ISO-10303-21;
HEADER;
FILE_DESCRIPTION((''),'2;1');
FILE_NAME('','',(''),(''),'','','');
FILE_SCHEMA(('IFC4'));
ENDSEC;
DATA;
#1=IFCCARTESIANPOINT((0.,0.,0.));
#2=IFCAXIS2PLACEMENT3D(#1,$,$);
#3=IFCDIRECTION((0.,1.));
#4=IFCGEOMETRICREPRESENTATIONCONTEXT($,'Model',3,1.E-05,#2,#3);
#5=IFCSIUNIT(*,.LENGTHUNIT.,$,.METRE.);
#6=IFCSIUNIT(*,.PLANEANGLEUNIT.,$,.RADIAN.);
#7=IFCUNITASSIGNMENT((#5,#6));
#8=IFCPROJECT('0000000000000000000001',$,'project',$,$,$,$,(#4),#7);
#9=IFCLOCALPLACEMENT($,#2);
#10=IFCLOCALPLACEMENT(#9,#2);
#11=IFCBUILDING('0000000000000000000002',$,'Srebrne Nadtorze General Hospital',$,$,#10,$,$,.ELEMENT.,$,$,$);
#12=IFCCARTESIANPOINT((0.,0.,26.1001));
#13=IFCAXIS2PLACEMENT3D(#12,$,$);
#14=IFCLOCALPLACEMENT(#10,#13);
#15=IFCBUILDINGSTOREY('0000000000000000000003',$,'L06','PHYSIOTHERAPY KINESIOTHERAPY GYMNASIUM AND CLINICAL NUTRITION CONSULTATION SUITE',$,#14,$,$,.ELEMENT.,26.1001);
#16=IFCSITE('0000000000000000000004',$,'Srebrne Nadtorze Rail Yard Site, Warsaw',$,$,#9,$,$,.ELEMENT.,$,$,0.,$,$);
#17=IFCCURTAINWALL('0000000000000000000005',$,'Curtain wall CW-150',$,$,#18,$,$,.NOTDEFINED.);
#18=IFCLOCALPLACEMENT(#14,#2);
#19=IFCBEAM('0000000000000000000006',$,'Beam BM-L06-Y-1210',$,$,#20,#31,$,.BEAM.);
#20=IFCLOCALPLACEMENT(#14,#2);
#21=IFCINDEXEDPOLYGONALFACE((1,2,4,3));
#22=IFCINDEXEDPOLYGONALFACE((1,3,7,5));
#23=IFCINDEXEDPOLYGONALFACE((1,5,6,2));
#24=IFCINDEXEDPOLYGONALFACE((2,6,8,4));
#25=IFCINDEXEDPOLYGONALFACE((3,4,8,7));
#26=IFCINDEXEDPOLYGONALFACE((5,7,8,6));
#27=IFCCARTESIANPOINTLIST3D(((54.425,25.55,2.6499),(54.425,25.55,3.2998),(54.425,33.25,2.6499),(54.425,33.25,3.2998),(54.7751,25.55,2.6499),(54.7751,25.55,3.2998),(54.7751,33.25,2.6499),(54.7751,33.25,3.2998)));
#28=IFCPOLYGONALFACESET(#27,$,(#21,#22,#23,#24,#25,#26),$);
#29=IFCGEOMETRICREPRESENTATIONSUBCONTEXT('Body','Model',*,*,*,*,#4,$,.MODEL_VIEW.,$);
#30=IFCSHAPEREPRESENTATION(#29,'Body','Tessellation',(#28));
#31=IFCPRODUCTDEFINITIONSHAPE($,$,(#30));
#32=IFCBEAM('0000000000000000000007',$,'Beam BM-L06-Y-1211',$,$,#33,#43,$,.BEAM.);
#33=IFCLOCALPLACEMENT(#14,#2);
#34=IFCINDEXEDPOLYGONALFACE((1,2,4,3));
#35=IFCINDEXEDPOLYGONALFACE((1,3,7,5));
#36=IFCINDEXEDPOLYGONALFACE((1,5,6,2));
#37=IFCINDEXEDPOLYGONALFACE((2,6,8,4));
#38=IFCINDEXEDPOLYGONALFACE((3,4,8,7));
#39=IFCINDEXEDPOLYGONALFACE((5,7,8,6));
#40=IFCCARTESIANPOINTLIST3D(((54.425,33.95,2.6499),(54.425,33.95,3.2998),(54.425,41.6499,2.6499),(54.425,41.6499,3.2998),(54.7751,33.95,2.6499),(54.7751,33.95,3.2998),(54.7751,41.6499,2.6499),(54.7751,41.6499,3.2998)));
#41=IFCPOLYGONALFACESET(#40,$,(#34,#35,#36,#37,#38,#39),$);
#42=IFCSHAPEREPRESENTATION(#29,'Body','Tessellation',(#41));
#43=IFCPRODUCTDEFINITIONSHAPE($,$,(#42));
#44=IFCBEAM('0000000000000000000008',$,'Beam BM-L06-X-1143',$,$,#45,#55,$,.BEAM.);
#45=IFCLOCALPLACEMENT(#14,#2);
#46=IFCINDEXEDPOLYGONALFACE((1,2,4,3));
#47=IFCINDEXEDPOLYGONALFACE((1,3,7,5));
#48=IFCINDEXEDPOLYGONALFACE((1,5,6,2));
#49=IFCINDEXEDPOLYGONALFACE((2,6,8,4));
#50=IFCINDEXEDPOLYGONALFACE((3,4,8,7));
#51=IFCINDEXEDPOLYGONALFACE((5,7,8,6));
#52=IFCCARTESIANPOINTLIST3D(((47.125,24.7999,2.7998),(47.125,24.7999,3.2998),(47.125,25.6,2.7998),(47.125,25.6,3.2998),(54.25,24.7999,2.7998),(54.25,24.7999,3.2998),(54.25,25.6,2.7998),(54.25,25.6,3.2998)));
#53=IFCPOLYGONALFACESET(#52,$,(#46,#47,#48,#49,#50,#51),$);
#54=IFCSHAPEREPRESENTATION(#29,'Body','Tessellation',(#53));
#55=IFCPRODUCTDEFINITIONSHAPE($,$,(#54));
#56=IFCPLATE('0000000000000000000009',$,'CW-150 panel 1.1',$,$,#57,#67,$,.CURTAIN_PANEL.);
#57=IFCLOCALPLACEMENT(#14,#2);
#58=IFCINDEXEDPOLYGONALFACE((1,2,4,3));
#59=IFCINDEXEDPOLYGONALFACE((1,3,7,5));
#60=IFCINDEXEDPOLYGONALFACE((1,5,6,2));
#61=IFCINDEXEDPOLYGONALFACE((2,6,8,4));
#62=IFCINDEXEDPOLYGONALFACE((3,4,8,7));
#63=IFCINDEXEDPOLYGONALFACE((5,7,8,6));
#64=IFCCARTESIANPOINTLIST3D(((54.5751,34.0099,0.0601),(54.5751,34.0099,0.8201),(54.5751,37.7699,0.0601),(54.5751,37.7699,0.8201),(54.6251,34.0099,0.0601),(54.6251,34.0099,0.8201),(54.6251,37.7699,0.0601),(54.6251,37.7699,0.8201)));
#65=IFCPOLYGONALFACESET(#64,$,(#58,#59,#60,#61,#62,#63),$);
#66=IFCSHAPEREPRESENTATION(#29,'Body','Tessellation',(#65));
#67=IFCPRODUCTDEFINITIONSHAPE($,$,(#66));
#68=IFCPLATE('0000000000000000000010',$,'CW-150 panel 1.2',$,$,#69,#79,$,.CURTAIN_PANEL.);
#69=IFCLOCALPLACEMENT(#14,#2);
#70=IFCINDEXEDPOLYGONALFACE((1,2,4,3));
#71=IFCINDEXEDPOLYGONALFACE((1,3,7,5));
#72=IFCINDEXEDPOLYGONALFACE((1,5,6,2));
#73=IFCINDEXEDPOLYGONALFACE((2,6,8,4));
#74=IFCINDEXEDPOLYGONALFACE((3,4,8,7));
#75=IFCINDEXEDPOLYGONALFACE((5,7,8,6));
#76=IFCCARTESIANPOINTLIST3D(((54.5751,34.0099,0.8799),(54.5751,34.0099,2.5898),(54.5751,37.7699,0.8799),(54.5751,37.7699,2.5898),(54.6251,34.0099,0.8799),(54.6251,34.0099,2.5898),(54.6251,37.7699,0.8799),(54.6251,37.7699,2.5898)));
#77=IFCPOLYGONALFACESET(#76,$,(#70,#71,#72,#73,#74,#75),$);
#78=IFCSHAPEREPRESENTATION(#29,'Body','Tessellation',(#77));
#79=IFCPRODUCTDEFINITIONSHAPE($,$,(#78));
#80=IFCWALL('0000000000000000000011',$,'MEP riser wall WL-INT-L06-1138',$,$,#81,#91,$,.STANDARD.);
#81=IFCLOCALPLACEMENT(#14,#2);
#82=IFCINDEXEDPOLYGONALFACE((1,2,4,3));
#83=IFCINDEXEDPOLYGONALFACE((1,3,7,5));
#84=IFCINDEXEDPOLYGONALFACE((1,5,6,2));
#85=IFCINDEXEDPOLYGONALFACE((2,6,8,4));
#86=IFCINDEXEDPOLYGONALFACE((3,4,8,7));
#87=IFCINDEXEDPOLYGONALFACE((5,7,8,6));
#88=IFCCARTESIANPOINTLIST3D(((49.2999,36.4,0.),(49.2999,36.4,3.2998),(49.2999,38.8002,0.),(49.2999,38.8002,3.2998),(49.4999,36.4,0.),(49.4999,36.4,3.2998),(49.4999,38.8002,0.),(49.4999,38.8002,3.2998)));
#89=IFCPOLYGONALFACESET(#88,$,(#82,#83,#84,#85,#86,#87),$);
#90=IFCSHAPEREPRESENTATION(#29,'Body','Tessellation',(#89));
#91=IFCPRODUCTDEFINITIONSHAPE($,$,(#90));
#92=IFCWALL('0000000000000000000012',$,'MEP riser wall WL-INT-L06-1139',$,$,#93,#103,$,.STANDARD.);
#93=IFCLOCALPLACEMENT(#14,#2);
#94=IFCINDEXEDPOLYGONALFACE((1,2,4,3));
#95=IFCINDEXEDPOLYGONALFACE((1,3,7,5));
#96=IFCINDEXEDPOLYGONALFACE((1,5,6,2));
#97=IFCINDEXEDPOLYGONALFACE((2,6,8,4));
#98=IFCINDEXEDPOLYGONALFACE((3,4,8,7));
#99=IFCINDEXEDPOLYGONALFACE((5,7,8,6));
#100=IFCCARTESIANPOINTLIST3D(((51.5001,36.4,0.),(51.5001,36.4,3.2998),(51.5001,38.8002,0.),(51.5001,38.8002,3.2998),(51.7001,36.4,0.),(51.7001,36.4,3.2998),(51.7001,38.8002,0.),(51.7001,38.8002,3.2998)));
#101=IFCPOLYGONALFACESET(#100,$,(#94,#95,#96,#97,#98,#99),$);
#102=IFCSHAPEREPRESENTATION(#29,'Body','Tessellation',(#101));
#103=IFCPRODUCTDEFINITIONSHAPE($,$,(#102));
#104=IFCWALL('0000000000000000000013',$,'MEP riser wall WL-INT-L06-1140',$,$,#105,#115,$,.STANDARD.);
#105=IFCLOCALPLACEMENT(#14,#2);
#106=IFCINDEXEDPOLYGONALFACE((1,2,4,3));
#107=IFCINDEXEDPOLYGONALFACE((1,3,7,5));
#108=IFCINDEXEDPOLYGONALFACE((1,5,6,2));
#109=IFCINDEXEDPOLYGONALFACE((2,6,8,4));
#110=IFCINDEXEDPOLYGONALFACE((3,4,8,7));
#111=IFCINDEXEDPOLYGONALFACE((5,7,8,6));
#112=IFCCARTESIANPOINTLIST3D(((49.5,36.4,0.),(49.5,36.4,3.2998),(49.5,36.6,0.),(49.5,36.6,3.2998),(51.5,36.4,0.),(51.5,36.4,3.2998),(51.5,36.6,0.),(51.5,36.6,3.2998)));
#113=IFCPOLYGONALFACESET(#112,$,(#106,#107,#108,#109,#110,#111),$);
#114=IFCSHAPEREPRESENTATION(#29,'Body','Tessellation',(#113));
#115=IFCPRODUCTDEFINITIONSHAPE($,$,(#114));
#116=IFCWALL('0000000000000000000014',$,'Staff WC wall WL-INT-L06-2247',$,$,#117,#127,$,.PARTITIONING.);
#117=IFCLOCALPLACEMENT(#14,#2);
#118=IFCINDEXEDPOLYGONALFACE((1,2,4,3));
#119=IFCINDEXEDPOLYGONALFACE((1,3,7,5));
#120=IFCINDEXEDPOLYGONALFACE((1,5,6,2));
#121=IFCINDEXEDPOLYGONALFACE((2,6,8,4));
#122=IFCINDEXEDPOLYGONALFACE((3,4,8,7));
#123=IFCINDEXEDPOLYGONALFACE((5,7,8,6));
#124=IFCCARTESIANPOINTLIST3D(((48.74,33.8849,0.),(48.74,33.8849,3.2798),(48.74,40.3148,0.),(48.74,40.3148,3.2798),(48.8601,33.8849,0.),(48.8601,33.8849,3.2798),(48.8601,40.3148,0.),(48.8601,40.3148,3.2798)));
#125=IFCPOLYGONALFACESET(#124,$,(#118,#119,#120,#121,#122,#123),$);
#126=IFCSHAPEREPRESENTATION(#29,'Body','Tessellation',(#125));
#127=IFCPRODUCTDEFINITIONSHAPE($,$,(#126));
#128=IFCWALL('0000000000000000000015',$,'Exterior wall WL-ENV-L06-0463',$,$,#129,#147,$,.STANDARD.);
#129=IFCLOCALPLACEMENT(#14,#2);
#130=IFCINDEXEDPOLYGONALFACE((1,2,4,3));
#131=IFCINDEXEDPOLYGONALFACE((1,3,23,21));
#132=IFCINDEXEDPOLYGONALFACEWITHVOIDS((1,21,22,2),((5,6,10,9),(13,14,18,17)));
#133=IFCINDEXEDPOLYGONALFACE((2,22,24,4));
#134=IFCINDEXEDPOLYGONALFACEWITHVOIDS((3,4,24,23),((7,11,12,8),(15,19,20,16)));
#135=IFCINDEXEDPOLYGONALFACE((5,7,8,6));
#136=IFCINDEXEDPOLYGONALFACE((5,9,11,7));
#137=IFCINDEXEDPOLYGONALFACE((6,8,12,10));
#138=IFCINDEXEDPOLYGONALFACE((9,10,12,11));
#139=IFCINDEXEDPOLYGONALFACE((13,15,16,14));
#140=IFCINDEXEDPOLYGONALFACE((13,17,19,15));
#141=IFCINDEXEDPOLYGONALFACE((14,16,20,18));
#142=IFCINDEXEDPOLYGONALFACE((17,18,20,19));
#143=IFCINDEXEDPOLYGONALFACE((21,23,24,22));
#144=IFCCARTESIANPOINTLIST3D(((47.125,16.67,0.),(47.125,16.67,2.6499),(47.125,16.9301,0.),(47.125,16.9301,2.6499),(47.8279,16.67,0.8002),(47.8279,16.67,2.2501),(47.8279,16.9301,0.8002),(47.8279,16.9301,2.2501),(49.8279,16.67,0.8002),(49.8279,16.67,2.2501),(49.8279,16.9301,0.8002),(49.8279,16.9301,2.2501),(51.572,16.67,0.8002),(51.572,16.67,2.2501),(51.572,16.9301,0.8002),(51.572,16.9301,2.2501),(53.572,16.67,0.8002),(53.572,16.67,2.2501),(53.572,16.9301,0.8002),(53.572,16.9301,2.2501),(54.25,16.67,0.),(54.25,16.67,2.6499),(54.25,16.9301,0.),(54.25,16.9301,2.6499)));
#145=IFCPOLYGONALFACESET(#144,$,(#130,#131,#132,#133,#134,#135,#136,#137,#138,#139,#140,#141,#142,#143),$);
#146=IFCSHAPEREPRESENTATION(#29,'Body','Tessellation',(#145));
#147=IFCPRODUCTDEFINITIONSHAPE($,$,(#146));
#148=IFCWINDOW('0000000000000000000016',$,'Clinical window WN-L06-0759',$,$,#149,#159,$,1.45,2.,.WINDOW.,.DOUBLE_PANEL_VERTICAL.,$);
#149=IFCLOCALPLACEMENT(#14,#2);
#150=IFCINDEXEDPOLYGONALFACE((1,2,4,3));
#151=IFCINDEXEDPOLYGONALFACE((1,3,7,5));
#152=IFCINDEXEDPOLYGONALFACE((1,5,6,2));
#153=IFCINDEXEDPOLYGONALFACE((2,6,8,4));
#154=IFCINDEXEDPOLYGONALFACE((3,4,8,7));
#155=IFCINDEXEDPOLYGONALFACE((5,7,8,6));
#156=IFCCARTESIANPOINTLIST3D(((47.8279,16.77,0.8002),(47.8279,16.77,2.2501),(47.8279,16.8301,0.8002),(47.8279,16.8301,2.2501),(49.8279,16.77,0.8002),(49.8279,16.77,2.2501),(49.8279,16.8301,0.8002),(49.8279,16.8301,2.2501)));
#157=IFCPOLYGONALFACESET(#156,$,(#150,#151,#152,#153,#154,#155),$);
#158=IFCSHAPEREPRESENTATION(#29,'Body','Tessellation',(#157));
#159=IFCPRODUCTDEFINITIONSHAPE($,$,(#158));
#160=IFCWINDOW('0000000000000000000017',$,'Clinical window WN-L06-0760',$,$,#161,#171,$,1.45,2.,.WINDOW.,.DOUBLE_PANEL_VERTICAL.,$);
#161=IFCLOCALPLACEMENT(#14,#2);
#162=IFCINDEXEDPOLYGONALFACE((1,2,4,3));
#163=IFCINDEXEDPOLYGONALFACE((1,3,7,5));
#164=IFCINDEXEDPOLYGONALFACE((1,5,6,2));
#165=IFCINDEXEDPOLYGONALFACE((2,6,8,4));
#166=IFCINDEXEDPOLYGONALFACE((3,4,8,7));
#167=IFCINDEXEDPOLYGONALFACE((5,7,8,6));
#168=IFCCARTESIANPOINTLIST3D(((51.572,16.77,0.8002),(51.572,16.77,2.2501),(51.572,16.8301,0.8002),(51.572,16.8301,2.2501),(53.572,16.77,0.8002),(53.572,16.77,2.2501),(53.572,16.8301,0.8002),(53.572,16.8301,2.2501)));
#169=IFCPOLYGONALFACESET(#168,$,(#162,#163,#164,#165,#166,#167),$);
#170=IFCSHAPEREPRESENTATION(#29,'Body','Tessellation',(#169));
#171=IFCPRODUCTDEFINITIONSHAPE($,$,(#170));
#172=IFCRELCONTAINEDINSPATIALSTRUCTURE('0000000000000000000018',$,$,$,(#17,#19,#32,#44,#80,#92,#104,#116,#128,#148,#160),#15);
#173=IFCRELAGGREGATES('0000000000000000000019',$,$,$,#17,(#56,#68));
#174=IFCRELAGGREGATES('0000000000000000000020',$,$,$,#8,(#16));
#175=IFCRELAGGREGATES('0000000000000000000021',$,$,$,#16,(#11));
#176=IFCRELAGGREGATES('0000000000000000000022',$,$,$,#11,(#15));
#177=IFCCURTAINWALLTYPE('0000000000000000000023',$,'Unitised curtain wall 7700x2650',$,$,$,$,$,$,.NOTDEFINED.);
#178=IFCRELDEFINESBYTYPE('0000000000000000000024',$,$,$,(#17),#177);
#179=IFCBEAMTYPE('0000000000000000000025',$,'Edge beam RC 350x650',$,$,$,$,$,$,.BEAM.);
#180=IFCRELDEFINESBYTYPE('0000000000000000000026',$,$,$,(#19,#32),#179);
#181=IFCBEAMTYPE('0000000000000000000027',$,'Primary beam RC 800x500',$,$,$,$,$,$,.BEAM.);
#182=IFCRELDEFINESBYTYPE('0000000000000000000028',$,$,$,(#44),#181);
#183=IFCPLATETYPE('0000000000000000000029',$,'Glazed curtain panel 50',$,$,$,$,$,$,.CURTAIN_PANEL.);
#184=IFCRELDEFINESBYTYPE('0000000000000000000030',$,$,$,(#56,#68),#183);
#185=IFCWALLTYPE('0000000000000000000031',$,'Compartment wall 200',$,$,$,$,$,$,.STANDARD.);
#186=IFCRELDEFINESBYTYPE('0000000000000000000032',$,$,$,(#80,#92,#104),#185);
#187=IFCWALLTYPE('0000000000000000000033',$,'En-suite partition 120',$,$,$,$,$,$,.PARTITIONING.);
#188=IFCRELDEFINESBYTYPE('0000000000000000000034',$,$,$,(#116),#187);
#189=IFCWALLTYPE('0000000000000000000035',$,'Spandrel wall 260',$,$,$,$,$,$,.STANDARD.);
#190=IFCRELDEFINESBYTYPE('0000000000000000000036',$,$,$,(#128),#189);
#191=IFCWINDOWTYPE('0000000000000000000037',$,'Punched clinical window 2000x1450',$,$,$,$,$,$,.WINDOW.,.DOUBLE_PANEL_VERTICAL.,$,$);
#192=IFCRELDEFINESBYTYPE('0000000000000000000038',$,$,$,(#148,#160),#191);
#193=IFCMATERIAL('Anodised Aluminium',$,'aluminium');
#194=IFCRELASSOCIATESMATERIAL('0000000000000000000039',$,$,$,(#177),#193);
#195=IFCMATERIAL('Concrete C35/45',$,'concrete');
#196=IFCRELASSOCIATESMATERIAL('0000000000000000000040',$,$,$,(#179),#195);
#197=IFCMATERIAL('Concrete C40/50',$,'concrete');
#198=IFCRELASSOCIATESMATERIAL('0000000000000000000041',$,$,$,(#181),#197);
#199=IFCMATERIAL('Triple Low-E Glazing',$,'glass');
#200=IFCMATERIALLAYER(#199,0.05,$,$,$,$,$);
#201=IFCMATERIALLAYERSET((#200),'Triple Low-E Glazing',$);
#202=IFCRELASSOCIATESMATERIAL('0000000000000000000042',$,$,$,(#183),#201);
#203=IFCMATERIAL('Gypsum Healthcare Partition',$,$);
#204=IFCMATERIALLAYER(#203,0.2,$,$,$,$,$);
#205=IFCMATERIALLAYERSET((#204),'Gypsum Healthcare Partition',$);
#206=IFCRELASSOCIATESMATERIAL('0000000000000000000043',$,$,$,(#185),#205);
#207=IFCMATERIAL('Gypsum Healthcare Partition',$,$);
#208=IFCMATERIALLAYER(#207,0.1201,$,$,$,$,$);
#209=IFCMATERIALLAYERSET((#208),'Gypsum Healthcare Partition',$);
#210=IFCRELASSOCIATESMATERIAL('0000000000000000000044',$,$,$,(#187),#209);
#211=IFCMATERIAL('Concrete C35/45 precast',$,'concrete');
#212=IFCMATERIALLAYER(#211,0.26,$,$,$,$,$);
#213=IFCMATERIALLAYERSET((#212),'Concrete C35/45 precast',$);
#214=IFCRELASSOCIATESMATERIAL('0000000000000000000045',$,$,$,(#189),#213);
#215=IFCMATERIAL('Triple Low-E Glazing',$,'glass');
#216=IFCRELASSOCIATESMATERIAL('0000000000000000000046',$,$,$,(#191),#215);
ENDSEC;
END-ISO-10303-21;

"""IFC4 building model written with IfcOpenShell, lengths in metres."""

from ifc_helpers import new_model, si_unit, direction, frame, frame_2d, origin, origin_2d, place, context, subcontext, project, spatial, rectangle, extrude, material, layer, layer_set, material_profile, profile_set, type_object, element, fill, aggregate, save


model = new_model("IFC4")

# Units and contexts
model_context = context("Model", 3, precision=1e-05, world=origin(), true_north=direction((0.0, 1.0)))
body_context = subcontext(model_context, "Body", "Model", "MODEL_VIEW")
ifc_project = project(units=[si_unit("LENGTHUNIT", "METRE"), si_unit("PLANEANGLEUNIT", "RADIAN")], contexts=[model_context])

# Site, building, storey
site_placement = place(None, origin())
site = spatial("IfcSite", under=ifc_project, at=site_placement, Name="Srebrne Nadtorze Rail Yard Site, Warsaw", CompositionType="ELEMENT", RefElevation=0.0)
building_placement = place(site_placement, origin())
building = spatial("IfcBuilding", under=site, at=building_placement, Name="Srebrne Nadtorze General Hospital", CompositionType="ELEMENT")
storey_placement = place(building_placement, frame((0.0, 0.0, 26.1001)))
storey = spatial("IfcBuildingStorey", under=building, at=storey_placement, Name="L06", Description="PHYSIOTHERAPY KINESIOTHERAPY GYMNASIUM AND CLINICAL NUTRITION CONSULTATION SUITE", CompositionType="ELEMENT", Elevation=26.1001)

# Curtain wall
ifc_material_1 = material(Name="Anodised Aluminium", Category="aluminium")
curtain_wall_type = type_object("IfcCurtainWallType", Name="Unitised curtain wall 7700x2650", PredefinedType="NOTDEFINED", material=ifc_material_1)
curtain_wall_placement = place(storey_placement, origin())
curtain_wall = element("IfcCurtainWall", 1, at=curtain_wall_placement, inside=storey, type_object=curtain_wall_type, Name="Curtain wall CW-150", PredefinedType="NOTDEFINED")

# Beams
ifc_material_2 = material(Name="Concrete C35/45", Category="concrete")
ifc_material_profile_1 = material_profile(ifc_material_2, rectangle(XDim=0.3501, YDim=0.6499, at=origin_2d()), Name="RC-BM-350x650")
ifc_profile_set_1 = profile_set([ifc_material_profile_1], Name="Concrete C35/45")
beam_type_1 = type_object("IfcBeamType", Name="Edge beam RC 350x650", PredefinedType="BEAM", material=ifc_profile_set_1)
for number, where, z_axis, x_axis, name in (
    (2, (54.6001, 25.55, 2.9749), (0.0, 1.0, 0.0), (-1.0, 0.0, 0.0), "Beam BM-L06-Y-1210"),
    (3, (54.6001, 33.95, 2.9749), (0.0, 1.0, 0.0), (-1.0, 0.0, 0.0), "Beam BM-L06-Y-1211"),
):
    element("IfcBeam", number, at=place(storey_placement, frame(where, z_axis=z_axis, x_axis=x_axis)), inside=storey, type_object=beam_type_1, Name=name, PredefinedType="BEAM", context=body_context, shape_type="SweptSolid", body=[
        extrude(rectangle(XDim=0.3501, YDim=0.6499, at=origin_2d()), origin(), (0.0, 0.0, 1.0), 7.7),
    ])
ifc_material_3 = material(Name="Concrete C40/50", Category="concrete")
ifc_material_profile_2 = material_profile(ifc_material_3, rectangle(XDim=0.8, YDim=0.5, at=origin_2d()), Name="RC-BM-800x500")
ifc_profile_set_2 = profile_set([ifc_material_profile_2], Name="Concrete C40/50")
beam_type_2 = type_object("IfcBeamType", Name="Primary beam RC 800x500", PredefinedType="BEAM", material=ifc_profile_set_2)
beam_1_placement = place(storey_placement, frame((47.125, 25.2, 3.0498), z_axis=(1.0, 0.0, 0.0), x_axis=(0.0, 1.0, 0.0)))
element("IfcBeam", 4, at=beam_1_placement, inside=storey, type_object=beam_type_2, Name="Beam BM-L06-X-1143", PredefinedType="BEAM", context=body_context, shape_type="SweptSolid", body=[
    extrude(rectangle(XDim=0.8, YDim=0.5, at=origin_2d()), origin(), (0.0, 0.0, 1.0), 7.125),
])

# Plates
ifc_material_4 = material(Name="Triple Low-E Glazing", Category="glass")
ifc_layer_1 = layer(ifc_material_4, 0.05)
ifc_layer_set_1 = layer_set([ifc_layer_1], Name="Triple Low-E Glazing")
plate_type = type_object("IfcPlateType", Name="Glazed curtain panel 50", PredefinedType="CURTAIN_PANEL", material=ifc_layer_set_1)
plate_1_placement = place(storey_placement, frame((54.6001, 35.8899, 0.0601), z_axis=(0.0, 0.0, 1.0), x_axis=(0.0, 1.0, 0.0)))
plate_1 = element("IfcPlate", 5, at=plate_1_placement, type_object=plate_type, Name="CW-150 panel 1.1", PredefinedType="CURTAIN_PANEL", context=body_context, shape_type="SweptSolid", body=[
    extrude(rectangle(XDim=3.76, YDim=0.05, at=origin_2d()), origin(), (0.0, 0.0, 1.0), 0.76),
])
plate_2_placement = place(storey_placement, frame((54.6001, 35.8899, 0.8799), z_axis=(0.0, 0.0, 1.0), x_axis=(0.0, 1.0, 0.0)))
plate_2 = element("IfcPlate", 6, at=plate_2_placement, type_object=plate_type, Name="CW-150 panel 1.2", PredefinedType="CURTAIN_PANEL", context=body_context, shape_type="SweptSolid", body=[
    extrude(rectangle(XDim=3.76, YDim=0.05, at=origin_2d()), origin(), (0.0, 0.0, 1.0), 1.71),
])
aggregate(curtain_wall, [plate_1, plate_2])

# Walls
ifc_material_5 = material(Name="Gypsum Healthcare Partition")
ifc_layer_2 = layer(ifc_material_5, 0.2)
ifc_layer_set_2 = layer_set([ifc_layer_2], Name="Gypsum Healthcare Partition")
wall_type_1 = type_object("IfcWallType", Name="Compartment wall 200", PredefinedType="STANDARD", material=ifc_layer_set_2)
for number, where, z_axis, x_axis, name in (
    (7, (49.3999, 36.3999, 0.0), (0.0, 0.0, 1.0), (0.0, 1.0, 0.0), "MEP riser wall WL-INT-L06-1138"),
    (8, (51.6001, 36.3999, 0.0), (0.0, 0.0, 1.0), (0.0, 1.0, 0.0), "MEP riser wall WL-INT-L06-1139"),
):
    element("IfcWall", number, at=place(storey_placement, frame(where, z_axis=z_axis, x_axis=x_axis)), inside=storey, type_object=wall_type_1, Name=name, PredefinedType="STANDARD", context=body_context, shape_type="SweptSolid", body=[
        extrude(rectangle(XDim=2.4001, YDim=0.2, at=frame_2d((1.2002, 0.0))), origin(), (0.0, 0.0, 1.0), 3.2998),
    ])
wall_1_placement = place(storey_placement, frame((49.5, 36.5, 0.0), z_axis=(0.0, 0.0, 1.0), x_axis=(1.0, 0.0, 0.0)))
element("IfcWall", 9, at=wall_1_placement, inside=storey, type_object=wall_type_1, Name="MEP riser wall WL-INT-L06-1140", PredefinedType="STANDARD", context=body_context, shape_type="SweptSolid", body=[
    extrude(rectangle(XDim=2.0, YDim=0.2, at=frame_2d((1.0, 0.0))), origin(), (0.0, 0.0, 1.0), 3.2998),
])
ifc_material_6 = material(Name="Gypsum Healthcare Partition")
ifc_layer_3 = layer(ifc_material_6, 0.1201)
ifc_layer_set_3 = layer_set([ifc_layer_3], Name="Gypsum Healthcare Partition")
wall_type_2 = type_object("IfcWallType", Name="En-suite partition 120", PredefinedType="PARTITIONING", material=ifc_layer_set_3)
wall_2_placement = place(storey_placement, frame((48.8, 33.885, 0.0), z_axis=(0.0, 0.0, 1.0), x_axis=(0.0, 1.0, 0.0)))
element("IfcWall", 10, at=wall_2_placement, inside=storey, type_object=wall_type_2, Name="Staff WC wall WL-INT-L06-2247", PredefinedType="PARTITIONING", context=body_context, shape_type="SweptSolid", body=[
    extrude(rectangle(XDim=6.4299, YDim=0.1201, at=frame_2d((3.2148, 0.0))), origin(), (0.0, 0.0, 1.0), 3.2798),
])

# Wall, openings, windows
ifc_material_7 = material(Name="Concrete C35/45 precast", Category="concrete")
ifc_layer_4 = layer(ifc_material_7, 0.26)
ifc_layer_set_4 = layer_set([ifc_layer_4], Name="Concrete C35/45 precast")
wall_type_3 = type_object("IfcWallType", Name="Spandrel wall 260", PredefinedType="STANDARD", material=ifc_layer_set_4)
wall_3_placement = place(storey_placement, frame((47.125, 16.8, 0.0), z_axis=(0.0, 0.0, 1.0), x_axis=(1.0, 0.0, 0.0)))
wall_3 = element("IfcWall", 11, at=wall_3_placement, inside=storey, type_object=wall_type_3, Name="Exterior wall WL-ENV-L06-0463", PredefinedType="STANDARD", context=body_context, shape_type="SweptSolid", body=[
    extrude(rectangle(XDim=7.125, YDim=0.26, at=frame_2d((3.5625, 0.0))), origin(), (0.0, 0.0, 1.0), 2.6499),
])
opening_1_placement = place(wall_3_placement, frame((0.7029, 0.0, 0.8)))
opening_1 = element("IfcOpeningElement", 12, at=opening_1_placement, cuts=wall_3, PredefinedType="OPENING", context=body_context, shape_type="SweptSolid", body=[
    extrude(rectangle(XDim=2.0, YDim=1.45, at=frame_2d((1.0, 0.7251))), frame((0.0, 0.1421, 0.0), z_axis=(0.0, -1.0, 0.0), x_axis=(1.0, 0.0, 0.0)), (0.0, 0.0, 1.0), 0.2839),
])
opening_2_placement = place(wall_3_placement, frame((4.447, 0.0, 0.8)))
opening_2 = element("IfcOpeningElement", 13, at=opening_2_placement, cuts=wall_3, PredefinedType="OPENING", context=body_context, shape_type="SweptSolid", body=[
    extrude(rectangle(XDim=2.0, YDim=1.45, at=frame_2d((1.0, 0.7251))), frame((0.0, 0.1421, 0.0), z_axis=(0.0, -1.0, 0.0), x_axis=(1.0, 0.0, 0.0)), (0.0, 0.0, 1.0), 0.2839),
])
ifc_material_8 = material(Name="Triple Low-E Glazing", Category="glass")
window_type_1 = type_object("IfcWindowType", Name="Punched clinical window 2000x1450", PartitioningType="DOUBLE_PANEL_VERTICAL", PredefinedType="WINDOW", material=ifc_material_8)
window_1_placement = place(opening_1_placement, origin())
window_1 = element("IfcWindow", 14, at=window_1_placement, inside=storey, type_object=window_type_1, Name="Clinical window WN-L06-0759", OverallHeight=1.45, OverallWidth=2.0, PartitioningType="DOUBLE_PANEL_VERTICAL", PredefinedType="WINDOW", context=body_context, shape_type="SweptSolid", body=[
    extrude(rectangle(XDim=2.0, YDim=1.45, at=frame_2d((1.0, 0.7251))), frame((0.0, 0.03, 0.0), z_axis=(0.0, -1.0, 0.0), x_axis=(1.0, 0.0, 0.0)), (0.0, 0.0, 1.0), 0.0601),
])
fill(opening_1, window_1)
window_2_placement = place(opening_2_placement, origin())
window_2 = element("IfcWindow", 15, at=window_2_placement, inside=storey, type_object=window_type_1, Name="Clinical window WN-L06-0760", OverallHeight=1.45, OverallWidth=2.0, PartitioningType="DOUBLE_PANEL_VERTICAL", PredefinedType="WINDOW", context=body_context, shape_type="SweptSolid", body=[
    extrude(rectangle(XDim=2.0, YDim=1.45, at=frame_2d((1.0, 0.7251))), frame((0.0, 0.03, 0.0), z_axis=(0.0, -1.0, 0.0), x_axis=(1.0, 0.0, 0.0)), (0.0, 0.0, 1.0), 0.0601),
])
fill(opening_2, window_2)

save(model, "model.ifc")
